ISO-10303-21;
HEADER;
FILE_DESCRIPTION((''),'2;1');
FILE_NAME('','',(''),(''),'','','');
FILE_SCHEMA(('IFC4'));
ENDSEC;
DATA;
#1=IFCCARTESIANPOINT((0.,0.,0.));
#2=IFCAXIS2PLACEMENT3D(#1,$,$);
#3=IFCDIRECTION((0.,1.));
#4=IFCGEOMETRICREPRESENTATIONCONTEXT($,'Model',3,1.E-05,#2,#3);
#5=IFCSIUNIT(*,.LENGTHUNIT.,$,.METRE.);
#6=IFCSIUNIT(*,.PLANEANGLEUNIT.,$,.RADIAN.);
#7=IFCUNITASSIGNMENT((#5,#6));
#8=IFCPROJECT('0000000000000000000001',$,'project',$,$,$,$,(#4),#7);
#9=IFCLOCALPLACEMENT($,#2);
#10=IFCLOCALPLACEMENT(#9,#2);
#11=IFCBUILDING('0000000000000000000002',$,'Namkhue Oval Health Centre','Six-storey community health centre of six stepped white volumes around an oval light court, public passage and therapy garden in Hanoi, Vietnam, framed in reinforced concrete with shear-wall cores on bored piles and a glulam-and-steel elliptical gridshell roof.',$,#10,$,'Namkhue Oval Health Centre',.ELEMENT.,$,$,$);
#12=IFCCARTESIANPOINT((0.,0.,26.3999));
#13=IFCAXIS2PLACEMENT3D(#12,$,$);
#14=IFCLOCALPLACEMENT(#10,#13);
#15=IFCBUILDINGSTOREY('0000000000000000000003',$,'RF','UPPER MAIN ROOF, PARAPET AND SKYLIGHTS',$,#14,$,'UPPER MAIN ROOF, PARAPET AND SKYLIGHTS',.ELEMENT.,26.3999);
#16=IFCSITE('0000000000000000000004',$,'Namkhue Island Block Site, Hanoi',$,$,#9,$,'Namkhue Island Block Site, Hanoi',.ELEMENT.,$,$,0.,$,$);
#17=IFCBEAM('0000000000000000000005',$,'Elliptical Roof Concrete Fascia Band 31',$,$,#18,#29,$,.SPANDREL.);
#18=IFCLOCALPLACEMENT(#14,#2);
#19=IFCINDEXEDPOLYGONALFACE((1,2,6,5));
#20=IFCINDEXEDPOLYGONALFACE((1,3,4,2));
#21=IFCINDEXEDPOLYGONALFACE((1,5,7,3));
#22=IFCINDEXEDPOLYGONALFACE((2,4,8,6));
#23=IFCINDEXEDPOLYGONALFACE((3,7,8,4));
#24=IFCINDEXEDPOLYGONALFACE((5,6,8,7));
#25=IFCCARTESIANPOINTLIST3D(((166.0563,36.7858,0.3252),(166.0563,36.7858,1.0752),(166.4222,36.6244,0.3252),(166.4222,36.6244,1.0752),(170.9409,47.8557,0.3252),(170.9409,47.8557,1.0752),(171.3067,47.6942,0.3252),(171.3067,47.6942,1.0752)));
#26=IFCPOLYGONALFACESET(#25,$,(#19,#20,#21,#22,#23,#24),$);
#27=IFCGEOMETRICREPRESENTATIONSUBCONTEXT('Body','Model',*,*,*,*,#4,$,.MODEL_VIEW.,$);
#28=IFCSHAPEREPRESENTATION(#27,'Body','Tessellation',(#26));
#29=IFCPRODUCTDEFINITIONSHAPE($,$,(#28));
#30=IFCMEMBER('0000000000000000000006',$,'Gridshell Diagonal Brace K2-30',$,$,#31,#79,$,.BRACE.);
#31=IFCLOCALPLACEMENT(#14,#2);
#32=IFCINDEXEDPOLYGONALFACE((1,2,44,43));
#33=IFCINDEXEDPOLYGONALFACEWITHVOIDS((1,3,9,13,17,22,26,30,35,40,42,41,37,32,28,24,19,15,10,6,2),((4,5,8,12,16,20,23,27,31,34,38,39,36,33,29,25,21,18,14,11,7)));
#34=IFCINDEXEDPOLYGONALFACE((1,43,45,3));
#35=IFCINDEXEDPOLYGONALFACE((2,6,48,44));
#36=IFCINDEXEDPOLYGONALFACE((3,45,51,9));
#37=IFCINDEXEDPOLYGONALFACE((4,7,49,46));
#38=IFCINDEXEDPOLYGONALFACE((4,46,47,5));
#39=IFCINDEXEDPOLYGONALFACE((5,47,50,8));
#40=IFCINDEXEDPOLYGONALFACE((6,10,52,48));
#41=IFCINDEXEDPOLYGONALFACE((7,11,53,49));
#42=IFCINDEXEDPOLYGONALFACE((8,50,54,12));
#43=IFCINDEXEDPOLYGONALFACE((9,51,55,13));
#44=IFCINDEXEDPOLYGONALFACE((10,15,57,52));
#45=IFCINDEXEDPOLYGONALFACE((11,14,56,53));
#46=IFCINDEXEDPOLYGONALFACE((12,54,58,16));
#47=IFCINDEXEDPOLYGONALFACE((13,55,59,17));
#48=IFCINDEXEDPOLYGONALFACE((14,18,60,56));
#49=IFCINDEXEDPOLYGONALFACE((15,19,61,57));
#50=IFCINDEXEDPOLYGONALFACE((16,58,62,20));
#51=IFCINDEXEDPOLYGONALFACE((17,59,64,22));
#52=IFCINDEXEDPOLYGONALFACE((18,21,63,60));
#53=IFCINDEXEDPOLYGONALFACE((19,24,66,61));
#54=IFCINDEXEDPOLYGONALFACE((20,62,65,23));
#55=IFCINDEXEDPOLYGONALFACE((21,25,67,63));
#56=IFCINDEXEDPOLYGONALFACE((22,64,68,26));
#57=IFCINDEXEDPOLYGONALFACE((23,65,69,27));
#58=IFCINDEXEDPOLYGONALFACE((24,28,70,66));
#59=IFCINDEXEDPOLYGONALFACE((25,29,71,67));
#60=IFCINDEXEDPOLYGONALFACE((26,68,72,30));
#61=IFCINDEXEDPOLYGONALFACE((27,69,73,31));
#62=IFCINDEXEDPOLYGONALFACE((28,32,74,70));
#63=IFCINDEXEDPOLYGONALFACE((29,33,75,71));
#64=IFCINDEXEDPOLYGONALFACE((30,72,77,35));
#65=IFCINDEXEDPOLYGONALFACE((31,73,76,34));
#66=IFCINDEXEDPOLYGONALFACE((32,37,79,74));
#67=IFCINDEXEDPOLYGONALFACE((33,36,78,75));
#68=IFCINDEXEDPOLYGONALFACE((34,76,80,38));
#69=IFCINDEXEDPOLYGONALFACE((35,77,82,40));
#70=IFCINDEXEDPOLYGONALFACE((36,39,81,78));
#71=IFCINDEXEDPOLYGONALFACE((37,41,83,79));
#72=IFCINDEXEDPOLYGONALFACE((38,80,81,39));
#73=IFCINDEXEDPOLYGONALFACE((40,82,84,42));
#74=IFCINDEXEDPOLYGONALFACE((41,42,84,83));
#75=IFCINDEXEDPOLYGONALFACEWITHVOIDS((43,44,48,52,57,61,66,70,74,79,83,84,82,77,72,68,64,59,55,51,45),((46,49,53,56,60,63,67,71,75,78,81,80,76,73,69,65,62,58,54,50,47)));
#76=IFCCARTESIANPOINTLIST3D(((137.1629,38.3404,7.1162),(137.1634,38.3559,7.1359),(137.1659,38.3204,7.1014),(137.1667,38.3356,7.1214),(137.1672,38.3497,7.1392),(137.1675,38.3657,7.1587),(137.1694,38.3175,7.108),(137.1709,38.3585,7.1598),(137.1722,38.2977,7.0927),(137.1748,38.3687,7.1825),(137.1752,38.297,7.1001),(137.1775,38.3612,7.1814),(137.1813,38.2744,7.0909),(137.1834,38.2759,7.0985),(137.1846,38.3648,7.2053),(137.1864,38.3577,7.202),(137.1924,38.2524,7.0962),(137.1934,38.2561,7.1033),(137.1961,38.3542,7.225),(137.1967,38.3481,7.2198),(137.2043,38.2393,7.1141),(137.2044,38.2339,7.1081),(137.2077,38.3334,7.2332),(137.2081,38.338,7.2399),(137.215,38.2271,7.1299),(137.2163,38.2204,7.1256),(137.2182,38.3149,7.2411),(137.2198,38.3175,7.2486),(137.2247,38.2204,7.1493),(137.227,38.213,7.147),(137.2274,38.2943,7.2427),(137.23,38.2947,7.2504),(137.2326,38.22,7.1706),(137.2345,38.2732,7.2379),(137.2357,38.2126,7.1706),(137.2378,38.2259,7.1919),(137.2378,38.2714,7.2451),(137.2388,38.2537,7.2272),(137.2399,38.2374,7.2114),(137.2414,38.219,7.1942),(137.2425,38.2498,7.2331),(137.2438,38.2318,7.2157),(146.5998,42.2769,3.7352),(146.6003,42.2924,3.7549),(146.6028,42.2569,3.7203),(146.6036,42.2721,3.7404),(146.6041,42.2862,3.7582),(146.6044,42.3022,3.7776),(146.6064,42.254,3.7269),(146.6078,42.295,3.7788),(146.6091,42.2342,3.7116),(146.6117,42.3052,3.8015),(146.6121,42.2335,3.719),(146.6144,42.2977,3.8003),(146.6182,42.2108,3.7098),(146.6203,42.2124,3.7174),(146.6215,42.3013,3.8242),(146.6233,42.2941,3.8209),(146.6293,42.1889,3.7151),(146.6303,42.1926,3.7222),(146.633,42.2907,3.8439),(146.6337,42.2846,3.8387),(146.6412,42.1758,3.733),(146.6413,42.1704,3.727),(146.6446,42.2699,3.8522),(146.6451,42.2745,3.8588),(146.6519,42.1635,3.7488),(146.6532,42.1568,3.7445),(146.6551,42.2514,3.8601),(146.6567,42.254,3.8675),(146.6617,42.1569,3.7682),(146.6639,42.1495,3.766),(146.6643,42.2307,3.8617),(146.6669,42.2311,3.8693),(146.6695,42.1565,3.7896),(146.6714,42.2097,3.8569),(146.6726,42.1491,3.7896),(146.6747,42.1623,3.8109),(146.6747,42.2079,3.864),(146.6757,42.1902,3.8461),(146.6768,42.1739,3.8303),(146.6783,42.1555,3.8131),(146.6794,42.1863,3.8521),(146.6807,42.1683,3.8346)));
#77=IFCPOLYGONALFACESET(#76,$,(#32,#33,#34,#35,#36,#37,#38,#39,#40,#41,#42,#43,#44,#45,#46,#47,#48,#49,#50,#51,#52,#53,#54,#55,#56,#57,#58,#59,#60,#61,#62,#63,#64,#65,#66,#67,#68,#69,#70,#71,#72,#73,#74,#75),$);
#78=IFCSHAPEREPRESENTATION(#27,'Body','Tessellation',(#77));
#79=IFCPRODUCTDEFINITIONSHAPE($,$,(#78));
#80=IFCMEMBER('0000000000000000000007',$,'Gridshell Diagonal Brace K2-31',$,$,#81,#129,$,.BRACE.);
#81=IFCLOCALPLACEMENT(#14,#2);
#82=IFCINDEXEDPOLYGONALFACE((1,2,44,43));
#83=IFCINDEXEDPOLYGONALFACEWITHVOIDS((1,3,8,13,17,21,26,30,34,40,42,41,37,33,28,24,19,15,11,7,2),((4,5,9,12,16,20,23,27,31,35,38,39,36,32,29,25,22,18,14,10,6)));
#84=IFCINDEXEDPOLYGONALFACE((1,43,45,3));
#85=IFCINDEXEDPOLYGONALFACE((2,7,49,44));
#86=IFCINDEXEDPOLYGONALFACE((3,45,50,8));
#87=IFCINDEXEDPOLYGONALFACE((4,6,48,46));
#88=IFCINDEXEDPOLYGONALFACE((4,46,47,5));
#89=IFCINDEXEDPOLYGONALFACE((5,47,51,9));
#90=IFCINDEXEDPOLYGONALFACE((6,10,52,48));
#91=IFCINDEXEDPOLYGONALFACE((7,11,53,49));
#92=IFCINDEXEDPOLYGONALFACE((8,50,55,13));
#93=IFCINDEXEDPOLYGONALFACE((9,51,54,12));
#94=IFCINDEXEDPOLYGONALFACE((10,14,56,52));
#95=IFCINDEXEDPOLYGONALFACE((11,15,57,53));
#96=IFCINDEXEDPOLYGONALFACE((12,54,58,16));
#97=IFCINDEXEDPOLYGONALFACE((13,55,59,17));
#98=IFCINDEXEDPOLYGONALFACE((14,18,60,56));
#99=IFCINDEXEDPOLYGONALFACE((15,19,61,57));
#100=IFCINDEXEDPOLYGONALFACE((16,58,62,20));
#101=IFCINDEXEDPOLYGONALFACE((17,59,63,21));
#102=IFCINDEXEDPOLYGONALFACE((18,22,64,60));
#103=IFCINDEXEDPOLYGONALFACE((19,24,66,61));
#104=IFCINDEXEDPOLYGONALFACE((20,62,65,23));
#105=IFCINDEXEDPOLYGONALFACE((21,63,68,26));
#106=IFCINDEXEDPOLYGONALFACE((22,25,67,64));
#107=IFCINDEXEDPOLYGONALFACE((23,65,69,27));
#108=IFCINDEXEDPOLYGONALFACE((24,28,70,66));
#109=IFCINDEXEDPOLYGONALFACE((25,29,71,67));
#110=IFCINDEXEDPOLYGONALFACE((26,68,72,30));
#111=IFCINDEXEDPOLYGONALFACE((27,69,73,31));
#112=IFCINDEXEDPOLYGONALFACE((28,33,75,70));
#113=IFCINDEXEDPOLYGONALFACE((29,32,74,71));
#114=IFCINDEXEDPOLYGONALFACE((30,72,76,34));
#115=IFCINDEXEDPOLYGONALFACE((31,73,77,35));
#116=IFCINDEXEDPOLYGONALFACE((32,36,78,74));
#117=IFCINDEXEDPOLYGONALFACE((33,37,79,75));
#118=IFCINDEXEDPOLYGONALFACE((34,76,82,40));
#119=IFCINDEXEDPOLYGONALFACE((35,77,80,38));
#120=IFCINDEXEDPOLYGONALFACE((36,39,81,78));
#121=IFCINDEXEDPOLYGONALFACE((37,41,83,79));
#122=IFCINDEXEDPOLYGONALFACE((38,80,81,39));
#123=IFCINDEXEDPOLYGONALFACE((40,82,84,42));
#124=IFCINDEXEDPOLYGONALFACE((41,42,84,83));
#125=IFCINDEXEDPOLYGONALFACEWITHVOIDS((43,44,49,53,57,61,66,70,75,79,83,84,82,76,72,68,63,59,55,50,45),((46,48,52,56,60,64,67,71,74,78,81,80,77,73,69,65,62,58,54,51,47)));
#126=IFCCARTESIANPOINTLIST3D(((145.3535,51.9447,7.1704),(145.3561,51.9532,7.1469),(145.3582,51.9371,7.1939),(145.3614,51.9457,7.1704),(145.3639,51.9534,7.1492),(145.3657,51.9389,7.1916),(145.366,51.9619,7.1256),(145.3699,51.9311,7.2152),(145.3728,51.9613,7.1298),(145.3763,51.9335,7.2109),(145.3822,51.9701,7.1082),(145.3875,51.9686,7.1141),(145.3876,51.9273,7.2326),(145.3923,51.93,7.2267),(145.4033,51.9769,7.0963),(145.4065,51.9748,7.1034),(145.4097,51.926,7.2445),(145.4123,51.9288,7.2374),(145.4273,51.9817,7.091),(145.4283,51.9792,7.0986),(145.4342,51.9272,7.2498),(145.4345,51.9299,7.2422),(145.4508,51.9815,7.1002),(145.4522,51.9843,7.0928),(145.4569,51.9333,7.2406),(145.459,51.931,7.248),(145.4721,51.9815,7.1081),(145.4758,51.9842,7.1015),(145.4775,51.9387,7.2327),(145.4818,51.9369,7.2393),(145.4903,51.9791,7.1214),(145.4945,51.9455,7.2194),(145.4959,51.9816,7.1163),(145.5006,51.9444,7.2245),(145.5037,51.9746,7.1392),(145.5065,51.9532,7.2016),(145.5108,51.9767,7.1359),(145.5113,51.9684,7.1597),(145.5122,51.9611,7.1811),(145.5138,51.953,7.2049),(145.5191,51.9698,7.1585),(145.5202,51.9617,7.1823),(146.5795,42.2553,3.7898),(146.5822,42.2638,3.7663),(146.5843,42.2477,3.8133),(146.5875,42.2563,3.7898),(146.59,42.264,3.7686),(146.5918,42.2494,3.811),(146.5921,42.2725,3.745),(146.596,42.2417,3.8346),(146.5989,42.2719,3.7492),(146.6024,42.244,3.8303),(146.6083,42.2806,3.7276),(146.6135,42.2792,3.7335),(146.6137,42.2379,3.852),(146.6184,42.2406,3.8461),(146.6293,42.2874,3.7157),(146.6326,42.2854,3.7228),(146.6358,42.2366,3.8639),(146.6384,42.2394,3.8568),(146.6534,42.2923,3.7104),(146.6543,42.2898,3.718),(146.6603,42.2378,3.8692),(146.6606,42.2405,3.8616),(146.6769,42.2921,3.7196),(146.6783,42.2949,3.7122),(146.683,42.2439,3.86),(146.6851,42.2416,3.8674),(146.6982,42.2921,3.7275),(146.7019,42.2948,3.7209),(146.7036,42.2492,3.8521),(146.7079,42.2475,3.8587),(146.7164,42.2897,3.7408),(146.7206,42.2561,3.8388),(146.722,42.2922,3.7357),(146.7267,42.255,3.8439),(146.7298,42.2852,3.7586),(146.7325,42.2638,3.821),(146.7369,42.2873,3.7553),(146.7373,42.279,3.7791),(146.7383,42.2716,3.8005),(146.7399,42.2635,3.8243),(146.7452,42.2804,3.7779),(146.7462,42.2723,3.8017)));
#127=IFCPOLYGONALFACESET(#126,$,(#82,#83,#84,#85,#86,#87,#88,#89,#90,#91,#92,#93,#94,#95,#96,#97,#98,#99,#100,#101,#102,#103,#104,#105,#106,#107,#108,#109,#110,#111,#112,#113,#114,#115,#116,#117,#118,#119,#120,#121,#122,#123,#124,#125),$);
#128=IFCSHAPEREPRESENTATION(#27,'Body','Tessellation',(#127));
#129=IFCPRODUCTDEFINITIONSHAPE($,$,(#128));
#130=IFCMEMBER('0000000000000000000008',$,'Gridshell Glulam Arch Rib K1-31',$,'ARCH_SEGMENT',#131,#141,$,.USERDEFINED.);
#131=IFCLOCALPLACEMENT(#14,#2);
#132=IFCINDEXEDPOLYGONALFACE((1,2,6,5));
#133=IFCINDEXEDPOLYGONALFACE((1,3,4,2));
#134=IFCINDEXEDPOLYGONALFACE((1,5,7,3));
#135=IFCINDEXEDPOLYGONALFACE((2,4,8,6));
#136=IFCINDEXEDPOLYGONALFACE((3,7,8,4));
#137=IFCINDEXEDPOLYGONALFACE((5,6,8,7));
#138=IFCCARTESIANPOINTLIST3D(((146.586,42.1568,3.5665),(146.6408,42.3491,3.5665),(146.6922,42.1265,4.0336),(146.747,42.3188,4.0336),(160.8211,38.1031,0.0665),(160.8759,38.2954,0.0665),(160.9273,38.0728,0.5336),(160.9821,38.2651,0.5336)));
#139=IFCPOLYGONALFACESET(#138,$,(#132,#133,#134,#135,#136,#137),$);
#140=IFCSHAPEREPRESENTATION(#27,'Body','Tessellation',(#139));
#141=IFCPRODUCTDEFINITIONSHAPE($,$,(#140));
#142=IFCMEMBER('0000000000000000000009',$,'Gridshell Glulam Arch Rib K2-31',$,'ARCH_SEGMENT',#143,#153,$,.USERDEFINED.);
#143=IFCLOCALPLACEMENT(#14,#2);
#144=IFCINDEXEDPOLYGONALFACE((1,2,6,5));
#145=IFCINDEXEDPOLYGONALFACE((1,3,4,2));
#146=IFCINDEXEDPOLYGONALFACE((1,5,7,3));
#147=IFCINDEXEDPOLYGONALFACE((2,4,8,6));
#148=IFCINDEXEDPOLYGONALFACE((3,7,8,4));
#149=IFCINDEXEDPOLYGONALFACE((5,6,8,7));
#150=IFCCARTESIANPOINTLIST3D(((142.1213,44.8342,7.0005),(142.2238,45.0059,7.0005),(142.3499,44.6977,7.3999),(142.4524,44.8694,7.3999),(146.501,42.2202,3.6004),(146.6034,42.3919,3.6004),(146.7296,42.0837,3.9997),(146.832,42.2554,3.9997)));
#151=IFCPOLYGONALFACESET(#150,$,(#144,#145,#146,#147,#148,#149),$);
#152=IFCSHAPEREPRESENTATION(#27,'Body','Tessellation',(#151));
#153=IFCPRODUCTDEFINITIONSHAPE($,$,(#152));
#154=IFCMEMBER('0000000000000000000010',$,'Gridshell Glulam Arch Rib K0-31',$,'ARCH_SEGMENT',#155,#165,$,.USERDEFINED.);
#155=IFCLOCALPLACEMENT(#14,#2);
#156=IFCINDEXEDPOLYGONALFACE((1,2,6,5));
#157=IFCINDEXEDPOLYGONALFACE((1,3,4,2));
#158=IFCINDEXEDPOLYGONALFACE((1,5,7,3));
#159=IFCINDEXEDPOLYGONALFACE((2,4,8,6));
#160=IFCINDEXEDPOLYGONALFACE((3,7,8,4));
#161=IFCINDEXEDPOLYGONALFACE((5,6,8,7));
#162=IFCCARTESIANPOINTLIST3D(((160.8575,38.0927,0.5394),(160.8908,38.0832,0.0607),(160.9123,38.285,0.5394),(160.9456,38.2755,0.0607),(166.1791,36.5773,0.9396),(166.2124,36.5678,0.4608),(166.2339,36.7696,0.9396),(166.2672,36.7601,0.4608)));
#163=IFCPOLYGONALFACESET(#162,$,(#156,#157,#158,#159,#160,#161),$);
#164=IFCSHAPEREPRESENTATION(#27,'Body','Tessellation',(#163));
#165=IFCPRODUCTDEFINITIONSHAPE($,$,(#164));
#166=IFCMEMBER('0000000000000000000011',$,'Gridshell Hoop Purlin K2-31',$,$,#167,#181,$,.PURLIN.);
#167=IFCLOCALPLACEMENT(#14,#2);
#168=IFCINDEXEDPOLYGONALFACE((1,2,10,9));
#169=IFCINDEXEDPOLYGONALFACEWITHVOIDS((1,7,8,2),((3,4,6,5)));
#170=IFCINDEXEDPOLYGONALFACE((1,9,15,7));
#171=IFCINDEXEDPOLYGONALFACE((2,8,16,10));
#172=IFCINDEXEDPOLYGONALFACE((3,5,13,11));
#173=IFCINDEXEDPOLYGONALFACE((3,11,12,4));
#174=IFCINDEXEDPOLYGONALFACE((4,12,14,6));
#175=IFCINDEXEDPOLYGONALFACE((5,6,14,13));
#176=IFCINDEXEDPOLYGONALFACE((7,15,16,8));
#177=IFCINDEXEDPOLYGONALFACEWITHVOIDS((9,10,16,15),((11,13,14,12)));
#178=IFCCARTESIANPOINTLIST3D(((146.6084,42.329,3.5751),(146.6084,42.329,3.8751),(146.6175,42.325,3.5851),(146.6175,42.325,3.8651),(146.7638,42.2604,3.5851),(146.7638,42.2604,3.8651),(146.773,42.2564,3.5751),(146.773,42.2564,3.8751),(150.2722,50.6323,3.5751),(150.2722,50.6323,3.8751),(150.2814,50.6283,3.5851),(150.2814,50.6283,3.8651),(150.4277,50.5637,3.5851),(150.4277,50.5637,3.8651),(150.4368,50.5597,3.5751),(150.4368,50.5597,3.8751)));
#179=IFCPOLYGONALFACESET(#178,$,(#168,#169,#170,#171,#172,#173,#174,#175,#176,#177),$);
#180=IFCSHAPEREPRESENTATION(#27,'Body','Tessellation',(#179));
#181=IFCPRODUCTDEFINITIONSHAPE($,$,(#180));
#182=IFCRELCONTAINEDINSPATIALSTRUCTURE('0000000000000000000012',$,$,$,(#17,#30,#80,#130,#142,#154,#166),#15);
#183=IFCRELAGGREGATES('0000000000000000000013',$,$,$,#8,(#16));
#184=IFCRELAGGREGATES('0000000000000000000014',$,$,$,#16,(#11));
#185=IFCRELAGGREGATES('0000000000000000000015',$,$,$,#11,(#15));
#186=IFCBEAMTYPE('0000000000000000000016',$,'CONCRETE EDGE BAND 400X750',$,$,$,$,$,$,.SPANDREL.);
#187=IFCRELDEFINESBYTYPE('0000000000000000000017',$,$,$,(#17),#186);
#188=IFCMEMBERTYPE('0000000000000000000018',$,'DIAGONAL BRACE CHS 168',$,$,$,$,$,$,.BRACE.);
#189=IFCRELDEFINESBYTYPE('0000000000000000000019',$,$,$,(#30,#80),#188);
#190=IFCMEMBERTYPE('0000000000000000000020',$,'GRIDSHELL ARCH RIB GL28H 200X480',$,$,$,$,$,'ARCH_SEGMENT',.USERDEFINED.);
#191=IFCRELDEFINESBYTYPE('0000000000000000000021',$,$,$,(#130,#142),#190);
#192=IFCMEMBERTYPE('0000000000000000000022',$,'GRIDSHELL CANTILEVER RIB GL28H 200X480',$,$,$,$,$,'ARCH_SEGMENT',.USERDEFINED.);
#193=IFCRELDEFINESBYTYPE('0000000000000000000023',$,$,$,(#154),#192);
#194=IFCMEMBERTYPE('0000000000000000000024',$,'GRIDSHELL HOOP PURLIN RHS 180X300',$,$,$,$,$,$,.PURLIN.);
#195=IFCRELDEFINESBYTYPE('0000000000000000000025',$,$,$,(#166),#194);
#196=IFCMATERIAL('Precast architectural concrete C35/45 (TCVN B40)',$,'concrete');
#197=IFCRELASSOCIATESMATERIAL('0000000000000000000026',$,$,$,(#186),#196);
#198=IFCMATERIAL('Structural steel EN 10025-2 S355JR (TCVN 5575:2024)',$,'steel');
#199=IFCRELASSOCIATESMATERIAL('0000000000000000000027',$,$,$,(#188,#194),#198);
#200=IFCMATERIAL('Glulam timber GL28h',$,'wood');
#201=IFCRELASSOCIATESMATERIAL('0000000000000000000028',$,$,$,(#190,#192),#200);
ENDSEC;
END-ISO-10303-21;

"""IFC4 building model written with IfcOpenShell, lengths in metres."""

from ifc_helpers import new_model, si_unit, direction, frame, origin, origin_2d, place, context, subcontext, project, spatial, rectangle, hollow_rectangle, hollow_circle, extrude, material, material_profile, profile_set, type_object, element, save


model = new_model("IFC4")

# Units and contexts
model_context = context("Model", 3, precision=1e-05, world=origin(), true_north=direction((0.0, 1.0)))
body_context = subcontext(model_context, "Body", "Model", "MODEL_VIEW")
ifc_project = project(units=[si_unit("LENGTHUNIT", "METRE"), si_unit("PLANEANGLEUNIT", "RADIAN")], contexts=[model_context])

# Site, building, storey
site_placement = place(None, origin())
site = spatial("IfcSite", under=ifc_project, at=site_placement, Name="Namkhue Island Block Site, Hanoi", LongName="Namkhue Island Block Site, Hanoi", CompositionType="ELEMENT", RefElevation=0.0)
building_placement = place(site_placement, origin())
building = spatial("IfcBuilding", under=site, at=building_placement, Name="Namkhue Oval Health Centre", Description="Six-storey community health centre of six stepped white volumes around an oval light court, public passage and therapy garden in Hanoi, Vietnam, framed in reinforced concrete with shear-wall cores on bored piles and a glulam-and-steel elliptical gridshell roof.", LongName="Namkhue Oval Health Centre", CompositionType="ELEMENT")
storey_placement = place(building_placement, frame((0.0, 0.0, 26.3999)))
storey = spatial("IfcBuildingStorey", under=building, at=storey_placement, Name="RF", Description="UPPER MAIN ROOF, PARAPET AND SKYLIGHTS", LongName="UPPER MAIN ROOF, PARAPET AND SKYLIGHTS", CompositionType="ELEMENT", Elevation=26.3999)

# Beam
ifc_material_1 = material(Name="Precast architectural concrete C35/45 (TCVN B40)", Category="concrete")
ifc_material_profile_1 = material_profile(ifc_material_1, rectangle(XDim=0.3999, YDim=0.75, at=origin_2d()), Name="RC 400x750")
ifc_profile_set_1 = profile_set([ifc_material_profile_1], Name="Precast architectural concrete C35/45 (TCVN B40)")
beam_type = type_object("IfcBeamType", Name="CONCRETE EDGE BAND 400X750", PredefinedType="SPANDREL", material=ifc_profile_set_1)
beam_placement = place(storey_placement, frame((166.2393, 36.7051, 0.7002), z_axis=(0.403694, 0.914894, 0.0), x_axis=(-0.914894, 0.403694, 0.0)))
element("IfcBeam", 1, at=beam_placement, inside=storey, type_object=beam_type, Name="Elliptical Roof Concrete Fascia Band 31", PredefinedType="SPANDREL", context=body_context, shape_type="SweptSolid", body=[
    extrude(rectangle(XDim=0.3999, YDim=0.75, at=origin_2d()), origin(), (0.0, 0.0, 1.0), 12.0996),
])

# Members
ifc_material_2 = material(Name="Structural steel EN 10025-2 S355JR (TCVN 5575:2024)", Category="steel")
ifc_material_profile_2 = material_profile(ifc_material_2, hollow_circle(Radius=0.0842, WallThickness=0.0081, at=origin_2d()), Name="CHS 168.3x8")
ifc_profile_set_2 = profile_set([ifc_material_profile_2], Name="Structural steel EN 10025-2 S355JR (TCVN 5575:2024)")
member_type_1 = type_object("IfcMemberType", Name="DIAGONAL BRACE CHS 168", PredefinedType="BRACE", material=ifc_profile_set_2)
member_1_placement = place(storey_placement, frame((146.6401, 42.2268, 3.7896), z_axis=(-0.87626, -0.36552, 0.313948), x_axis=(0.384985, -0.922923, 0.0)))
element("IfcMember", 2, at=member_1_placement, inside=storey, type_object=member_type_1, Name="Gridshell Diagonal Brace K2-30", PredefinedType="BRACE", context=body_context, shape_type="SweptSolid", body=[
    extrude(hollow_circle(Radius=0.0842, WallThickness=0.0081, at=origin_2d()), origin(), (0.0, 0.0, 1.0), 10.7695),
])
member_2_placement = place(storey_placement, frame((146.6631, 42.2659, 3.7898), z_axis=(-0.11863, 0.937515, 0.327096), x_axis=(-0.992089, -0.125536, 0.0)))
element("IfcMember", 3, at=member_2_placement, inside=storey, type_object=member_type_1, Name="Gridshell Diagonal Brace K2-31", PredefinedType="BRACE", context=body_context, shape_type="SweptSolid", body=[
    extrude(hollow_circle(Radius=0.0842, WallThickness=0.0081, at=origin_2d()), origin(), (0.0, 0.0, 1.0), 10.3352),
])
ifc_material_3 = material(Name="Glulam timber GL28h", Category="wood")
ifc_material_profile_3 = material_profile(ifc_material_3, rectangle(XDim=0.2, YDim=0.48, at=origin_2d()), Name="GL28h 200x480")
ifc_profile_set_3 = profile_set([ifc_material_profile_3], Name="Glulam timber GL28h")
member_type_2 = type_object("IfcMemberType", Name="GRIDSHELL ARCH RIB GL28H 200X480", ElementType="ARCH_SEGMENT", PredefinedType="USERDEFINED", material=ifc_profile_set_3)
member_3_placement = place(storey_placement, frame((160.9016, 38.1841, 0.3), z_axis=(-0.935952, 0.26653, 0.230123), x_axis=(-0.27388, -0.961764, 0.0)))
element("IfcMember", 4, at=member_3_placement, inside=storey, type_object=member_type_2, Name="Gridshell Glulam Arch Rib K1-31", ObjectType="ARCH_SEGMENT", PredefinedType="USERDEFINED", context=body_context, shape_type="SweptSolid", body=[
    extrude(rectangle(XDim=0.2, YDim=0.48, at=origin_2d()), origin(), (0.0, 0.0, 1.0), 15.2092),
])
member_4_placement = place(storey_placement, frame((146.6665, 42.2378, 3.8), z_axis=(-0.714475, 0.426439, 0.554685), x_axis=(-0.512509, -0.858682, 0.0)))
element("IfcMember", 5, at=member_4_placement, inside=storey, type_object=member_type_2, Name="Gridshell Glulam Arch Rib K2-31", ObjectType="ARCH_SEGMENT", PredefinedType="USERDEFINED", context=body_context, shape_type="SweptSolid", body=[
    extrude(rectangle(XDim=0.2, YDim=0.48, at=origin_2d()), origin(), (0.0, 0.0, 1.0), 6.1299),
])
ifc_material_profile_4 = material_profile(ifc_material_3, rectangle(XDim=0.2, YDim=0.48, at=origin_2d()), Name="GL28h 200x480")
ifc_profile_set_4 = profile_set([ifc_material_profile_4], Name="Glulam timber GL28h")
member_type_3 = type_object("IfcMemberType", Name="GRIDSHELL CANTILEVER RIB GL28H 200X480", ElementType="ARCH_SEGMENT", PredefinedType="USERDEFINED", material=ifc_profile_set_4)
member_5_placement = place(storey_placement, frame((166.2231, 36.6687, 0.7002), z_axis=(-0.95926, 0.273163, -0.07213), x_axis=(-0.273876, -0.961765, 0.0)))
element("IfcMember", 6, at=member_5_placement, inside=storey, type_object=member_type_3, Name="Gridshell Glulam Arch Rib K0-31", ObjectType="ARCH_SEGMENT", PredefinedType="USERDEFINED", context=body_context, shape_type="SweptSolid", body=[
    extrude(rectangle(XDim=0.2, YDim=0.48, at=origin_2d()), origin(), (0.0, 0.0, 1.0), 5.5476),
])
ifc_material_profile_5 = material_profile(ifc_material_2, hollow_rectangle(XDim=0.1799, YDim=0.3, WallThickness=0.01, at=origin_2d()), Name="RHS 180x300x10")
ifc_profile_set_5 = profile_set([ifc_material_profile_5], Name="Structural steel EN 10025-2 S355JR (TCVN 5575:2024)")
member_type_4 = type_object("IfcMemberType", Name="GRIDSHELL HOOP PURLIN RHS 180X300", PredefinedType="PURLIN", material=ifc_profile_set_5)
member_6_placement = place(storey_placement, frame((146.6907, 42.2927, 3.7251), z_axis=(0.403698, 0.914892, 0.0), x_axis=(-0.914892, 0.403698, 0.0)))
element("IfcMember", 7, at=member_6_placement, inside=storey, type_object=member_type_4, Name="Gridshell Hoop Purlin K2-31", PredefinedType="PURLIN", context=body_context, shape_type="SweptSolid", body=[
    extrude(hollow_rectangle(XDim=0.1799, YDim=0.3, WallThickness=0.01, at=origin_2d()), origin(), (0.0, 0.0, 1.0), 9.0757),
])

save(model, "model.ifc")
